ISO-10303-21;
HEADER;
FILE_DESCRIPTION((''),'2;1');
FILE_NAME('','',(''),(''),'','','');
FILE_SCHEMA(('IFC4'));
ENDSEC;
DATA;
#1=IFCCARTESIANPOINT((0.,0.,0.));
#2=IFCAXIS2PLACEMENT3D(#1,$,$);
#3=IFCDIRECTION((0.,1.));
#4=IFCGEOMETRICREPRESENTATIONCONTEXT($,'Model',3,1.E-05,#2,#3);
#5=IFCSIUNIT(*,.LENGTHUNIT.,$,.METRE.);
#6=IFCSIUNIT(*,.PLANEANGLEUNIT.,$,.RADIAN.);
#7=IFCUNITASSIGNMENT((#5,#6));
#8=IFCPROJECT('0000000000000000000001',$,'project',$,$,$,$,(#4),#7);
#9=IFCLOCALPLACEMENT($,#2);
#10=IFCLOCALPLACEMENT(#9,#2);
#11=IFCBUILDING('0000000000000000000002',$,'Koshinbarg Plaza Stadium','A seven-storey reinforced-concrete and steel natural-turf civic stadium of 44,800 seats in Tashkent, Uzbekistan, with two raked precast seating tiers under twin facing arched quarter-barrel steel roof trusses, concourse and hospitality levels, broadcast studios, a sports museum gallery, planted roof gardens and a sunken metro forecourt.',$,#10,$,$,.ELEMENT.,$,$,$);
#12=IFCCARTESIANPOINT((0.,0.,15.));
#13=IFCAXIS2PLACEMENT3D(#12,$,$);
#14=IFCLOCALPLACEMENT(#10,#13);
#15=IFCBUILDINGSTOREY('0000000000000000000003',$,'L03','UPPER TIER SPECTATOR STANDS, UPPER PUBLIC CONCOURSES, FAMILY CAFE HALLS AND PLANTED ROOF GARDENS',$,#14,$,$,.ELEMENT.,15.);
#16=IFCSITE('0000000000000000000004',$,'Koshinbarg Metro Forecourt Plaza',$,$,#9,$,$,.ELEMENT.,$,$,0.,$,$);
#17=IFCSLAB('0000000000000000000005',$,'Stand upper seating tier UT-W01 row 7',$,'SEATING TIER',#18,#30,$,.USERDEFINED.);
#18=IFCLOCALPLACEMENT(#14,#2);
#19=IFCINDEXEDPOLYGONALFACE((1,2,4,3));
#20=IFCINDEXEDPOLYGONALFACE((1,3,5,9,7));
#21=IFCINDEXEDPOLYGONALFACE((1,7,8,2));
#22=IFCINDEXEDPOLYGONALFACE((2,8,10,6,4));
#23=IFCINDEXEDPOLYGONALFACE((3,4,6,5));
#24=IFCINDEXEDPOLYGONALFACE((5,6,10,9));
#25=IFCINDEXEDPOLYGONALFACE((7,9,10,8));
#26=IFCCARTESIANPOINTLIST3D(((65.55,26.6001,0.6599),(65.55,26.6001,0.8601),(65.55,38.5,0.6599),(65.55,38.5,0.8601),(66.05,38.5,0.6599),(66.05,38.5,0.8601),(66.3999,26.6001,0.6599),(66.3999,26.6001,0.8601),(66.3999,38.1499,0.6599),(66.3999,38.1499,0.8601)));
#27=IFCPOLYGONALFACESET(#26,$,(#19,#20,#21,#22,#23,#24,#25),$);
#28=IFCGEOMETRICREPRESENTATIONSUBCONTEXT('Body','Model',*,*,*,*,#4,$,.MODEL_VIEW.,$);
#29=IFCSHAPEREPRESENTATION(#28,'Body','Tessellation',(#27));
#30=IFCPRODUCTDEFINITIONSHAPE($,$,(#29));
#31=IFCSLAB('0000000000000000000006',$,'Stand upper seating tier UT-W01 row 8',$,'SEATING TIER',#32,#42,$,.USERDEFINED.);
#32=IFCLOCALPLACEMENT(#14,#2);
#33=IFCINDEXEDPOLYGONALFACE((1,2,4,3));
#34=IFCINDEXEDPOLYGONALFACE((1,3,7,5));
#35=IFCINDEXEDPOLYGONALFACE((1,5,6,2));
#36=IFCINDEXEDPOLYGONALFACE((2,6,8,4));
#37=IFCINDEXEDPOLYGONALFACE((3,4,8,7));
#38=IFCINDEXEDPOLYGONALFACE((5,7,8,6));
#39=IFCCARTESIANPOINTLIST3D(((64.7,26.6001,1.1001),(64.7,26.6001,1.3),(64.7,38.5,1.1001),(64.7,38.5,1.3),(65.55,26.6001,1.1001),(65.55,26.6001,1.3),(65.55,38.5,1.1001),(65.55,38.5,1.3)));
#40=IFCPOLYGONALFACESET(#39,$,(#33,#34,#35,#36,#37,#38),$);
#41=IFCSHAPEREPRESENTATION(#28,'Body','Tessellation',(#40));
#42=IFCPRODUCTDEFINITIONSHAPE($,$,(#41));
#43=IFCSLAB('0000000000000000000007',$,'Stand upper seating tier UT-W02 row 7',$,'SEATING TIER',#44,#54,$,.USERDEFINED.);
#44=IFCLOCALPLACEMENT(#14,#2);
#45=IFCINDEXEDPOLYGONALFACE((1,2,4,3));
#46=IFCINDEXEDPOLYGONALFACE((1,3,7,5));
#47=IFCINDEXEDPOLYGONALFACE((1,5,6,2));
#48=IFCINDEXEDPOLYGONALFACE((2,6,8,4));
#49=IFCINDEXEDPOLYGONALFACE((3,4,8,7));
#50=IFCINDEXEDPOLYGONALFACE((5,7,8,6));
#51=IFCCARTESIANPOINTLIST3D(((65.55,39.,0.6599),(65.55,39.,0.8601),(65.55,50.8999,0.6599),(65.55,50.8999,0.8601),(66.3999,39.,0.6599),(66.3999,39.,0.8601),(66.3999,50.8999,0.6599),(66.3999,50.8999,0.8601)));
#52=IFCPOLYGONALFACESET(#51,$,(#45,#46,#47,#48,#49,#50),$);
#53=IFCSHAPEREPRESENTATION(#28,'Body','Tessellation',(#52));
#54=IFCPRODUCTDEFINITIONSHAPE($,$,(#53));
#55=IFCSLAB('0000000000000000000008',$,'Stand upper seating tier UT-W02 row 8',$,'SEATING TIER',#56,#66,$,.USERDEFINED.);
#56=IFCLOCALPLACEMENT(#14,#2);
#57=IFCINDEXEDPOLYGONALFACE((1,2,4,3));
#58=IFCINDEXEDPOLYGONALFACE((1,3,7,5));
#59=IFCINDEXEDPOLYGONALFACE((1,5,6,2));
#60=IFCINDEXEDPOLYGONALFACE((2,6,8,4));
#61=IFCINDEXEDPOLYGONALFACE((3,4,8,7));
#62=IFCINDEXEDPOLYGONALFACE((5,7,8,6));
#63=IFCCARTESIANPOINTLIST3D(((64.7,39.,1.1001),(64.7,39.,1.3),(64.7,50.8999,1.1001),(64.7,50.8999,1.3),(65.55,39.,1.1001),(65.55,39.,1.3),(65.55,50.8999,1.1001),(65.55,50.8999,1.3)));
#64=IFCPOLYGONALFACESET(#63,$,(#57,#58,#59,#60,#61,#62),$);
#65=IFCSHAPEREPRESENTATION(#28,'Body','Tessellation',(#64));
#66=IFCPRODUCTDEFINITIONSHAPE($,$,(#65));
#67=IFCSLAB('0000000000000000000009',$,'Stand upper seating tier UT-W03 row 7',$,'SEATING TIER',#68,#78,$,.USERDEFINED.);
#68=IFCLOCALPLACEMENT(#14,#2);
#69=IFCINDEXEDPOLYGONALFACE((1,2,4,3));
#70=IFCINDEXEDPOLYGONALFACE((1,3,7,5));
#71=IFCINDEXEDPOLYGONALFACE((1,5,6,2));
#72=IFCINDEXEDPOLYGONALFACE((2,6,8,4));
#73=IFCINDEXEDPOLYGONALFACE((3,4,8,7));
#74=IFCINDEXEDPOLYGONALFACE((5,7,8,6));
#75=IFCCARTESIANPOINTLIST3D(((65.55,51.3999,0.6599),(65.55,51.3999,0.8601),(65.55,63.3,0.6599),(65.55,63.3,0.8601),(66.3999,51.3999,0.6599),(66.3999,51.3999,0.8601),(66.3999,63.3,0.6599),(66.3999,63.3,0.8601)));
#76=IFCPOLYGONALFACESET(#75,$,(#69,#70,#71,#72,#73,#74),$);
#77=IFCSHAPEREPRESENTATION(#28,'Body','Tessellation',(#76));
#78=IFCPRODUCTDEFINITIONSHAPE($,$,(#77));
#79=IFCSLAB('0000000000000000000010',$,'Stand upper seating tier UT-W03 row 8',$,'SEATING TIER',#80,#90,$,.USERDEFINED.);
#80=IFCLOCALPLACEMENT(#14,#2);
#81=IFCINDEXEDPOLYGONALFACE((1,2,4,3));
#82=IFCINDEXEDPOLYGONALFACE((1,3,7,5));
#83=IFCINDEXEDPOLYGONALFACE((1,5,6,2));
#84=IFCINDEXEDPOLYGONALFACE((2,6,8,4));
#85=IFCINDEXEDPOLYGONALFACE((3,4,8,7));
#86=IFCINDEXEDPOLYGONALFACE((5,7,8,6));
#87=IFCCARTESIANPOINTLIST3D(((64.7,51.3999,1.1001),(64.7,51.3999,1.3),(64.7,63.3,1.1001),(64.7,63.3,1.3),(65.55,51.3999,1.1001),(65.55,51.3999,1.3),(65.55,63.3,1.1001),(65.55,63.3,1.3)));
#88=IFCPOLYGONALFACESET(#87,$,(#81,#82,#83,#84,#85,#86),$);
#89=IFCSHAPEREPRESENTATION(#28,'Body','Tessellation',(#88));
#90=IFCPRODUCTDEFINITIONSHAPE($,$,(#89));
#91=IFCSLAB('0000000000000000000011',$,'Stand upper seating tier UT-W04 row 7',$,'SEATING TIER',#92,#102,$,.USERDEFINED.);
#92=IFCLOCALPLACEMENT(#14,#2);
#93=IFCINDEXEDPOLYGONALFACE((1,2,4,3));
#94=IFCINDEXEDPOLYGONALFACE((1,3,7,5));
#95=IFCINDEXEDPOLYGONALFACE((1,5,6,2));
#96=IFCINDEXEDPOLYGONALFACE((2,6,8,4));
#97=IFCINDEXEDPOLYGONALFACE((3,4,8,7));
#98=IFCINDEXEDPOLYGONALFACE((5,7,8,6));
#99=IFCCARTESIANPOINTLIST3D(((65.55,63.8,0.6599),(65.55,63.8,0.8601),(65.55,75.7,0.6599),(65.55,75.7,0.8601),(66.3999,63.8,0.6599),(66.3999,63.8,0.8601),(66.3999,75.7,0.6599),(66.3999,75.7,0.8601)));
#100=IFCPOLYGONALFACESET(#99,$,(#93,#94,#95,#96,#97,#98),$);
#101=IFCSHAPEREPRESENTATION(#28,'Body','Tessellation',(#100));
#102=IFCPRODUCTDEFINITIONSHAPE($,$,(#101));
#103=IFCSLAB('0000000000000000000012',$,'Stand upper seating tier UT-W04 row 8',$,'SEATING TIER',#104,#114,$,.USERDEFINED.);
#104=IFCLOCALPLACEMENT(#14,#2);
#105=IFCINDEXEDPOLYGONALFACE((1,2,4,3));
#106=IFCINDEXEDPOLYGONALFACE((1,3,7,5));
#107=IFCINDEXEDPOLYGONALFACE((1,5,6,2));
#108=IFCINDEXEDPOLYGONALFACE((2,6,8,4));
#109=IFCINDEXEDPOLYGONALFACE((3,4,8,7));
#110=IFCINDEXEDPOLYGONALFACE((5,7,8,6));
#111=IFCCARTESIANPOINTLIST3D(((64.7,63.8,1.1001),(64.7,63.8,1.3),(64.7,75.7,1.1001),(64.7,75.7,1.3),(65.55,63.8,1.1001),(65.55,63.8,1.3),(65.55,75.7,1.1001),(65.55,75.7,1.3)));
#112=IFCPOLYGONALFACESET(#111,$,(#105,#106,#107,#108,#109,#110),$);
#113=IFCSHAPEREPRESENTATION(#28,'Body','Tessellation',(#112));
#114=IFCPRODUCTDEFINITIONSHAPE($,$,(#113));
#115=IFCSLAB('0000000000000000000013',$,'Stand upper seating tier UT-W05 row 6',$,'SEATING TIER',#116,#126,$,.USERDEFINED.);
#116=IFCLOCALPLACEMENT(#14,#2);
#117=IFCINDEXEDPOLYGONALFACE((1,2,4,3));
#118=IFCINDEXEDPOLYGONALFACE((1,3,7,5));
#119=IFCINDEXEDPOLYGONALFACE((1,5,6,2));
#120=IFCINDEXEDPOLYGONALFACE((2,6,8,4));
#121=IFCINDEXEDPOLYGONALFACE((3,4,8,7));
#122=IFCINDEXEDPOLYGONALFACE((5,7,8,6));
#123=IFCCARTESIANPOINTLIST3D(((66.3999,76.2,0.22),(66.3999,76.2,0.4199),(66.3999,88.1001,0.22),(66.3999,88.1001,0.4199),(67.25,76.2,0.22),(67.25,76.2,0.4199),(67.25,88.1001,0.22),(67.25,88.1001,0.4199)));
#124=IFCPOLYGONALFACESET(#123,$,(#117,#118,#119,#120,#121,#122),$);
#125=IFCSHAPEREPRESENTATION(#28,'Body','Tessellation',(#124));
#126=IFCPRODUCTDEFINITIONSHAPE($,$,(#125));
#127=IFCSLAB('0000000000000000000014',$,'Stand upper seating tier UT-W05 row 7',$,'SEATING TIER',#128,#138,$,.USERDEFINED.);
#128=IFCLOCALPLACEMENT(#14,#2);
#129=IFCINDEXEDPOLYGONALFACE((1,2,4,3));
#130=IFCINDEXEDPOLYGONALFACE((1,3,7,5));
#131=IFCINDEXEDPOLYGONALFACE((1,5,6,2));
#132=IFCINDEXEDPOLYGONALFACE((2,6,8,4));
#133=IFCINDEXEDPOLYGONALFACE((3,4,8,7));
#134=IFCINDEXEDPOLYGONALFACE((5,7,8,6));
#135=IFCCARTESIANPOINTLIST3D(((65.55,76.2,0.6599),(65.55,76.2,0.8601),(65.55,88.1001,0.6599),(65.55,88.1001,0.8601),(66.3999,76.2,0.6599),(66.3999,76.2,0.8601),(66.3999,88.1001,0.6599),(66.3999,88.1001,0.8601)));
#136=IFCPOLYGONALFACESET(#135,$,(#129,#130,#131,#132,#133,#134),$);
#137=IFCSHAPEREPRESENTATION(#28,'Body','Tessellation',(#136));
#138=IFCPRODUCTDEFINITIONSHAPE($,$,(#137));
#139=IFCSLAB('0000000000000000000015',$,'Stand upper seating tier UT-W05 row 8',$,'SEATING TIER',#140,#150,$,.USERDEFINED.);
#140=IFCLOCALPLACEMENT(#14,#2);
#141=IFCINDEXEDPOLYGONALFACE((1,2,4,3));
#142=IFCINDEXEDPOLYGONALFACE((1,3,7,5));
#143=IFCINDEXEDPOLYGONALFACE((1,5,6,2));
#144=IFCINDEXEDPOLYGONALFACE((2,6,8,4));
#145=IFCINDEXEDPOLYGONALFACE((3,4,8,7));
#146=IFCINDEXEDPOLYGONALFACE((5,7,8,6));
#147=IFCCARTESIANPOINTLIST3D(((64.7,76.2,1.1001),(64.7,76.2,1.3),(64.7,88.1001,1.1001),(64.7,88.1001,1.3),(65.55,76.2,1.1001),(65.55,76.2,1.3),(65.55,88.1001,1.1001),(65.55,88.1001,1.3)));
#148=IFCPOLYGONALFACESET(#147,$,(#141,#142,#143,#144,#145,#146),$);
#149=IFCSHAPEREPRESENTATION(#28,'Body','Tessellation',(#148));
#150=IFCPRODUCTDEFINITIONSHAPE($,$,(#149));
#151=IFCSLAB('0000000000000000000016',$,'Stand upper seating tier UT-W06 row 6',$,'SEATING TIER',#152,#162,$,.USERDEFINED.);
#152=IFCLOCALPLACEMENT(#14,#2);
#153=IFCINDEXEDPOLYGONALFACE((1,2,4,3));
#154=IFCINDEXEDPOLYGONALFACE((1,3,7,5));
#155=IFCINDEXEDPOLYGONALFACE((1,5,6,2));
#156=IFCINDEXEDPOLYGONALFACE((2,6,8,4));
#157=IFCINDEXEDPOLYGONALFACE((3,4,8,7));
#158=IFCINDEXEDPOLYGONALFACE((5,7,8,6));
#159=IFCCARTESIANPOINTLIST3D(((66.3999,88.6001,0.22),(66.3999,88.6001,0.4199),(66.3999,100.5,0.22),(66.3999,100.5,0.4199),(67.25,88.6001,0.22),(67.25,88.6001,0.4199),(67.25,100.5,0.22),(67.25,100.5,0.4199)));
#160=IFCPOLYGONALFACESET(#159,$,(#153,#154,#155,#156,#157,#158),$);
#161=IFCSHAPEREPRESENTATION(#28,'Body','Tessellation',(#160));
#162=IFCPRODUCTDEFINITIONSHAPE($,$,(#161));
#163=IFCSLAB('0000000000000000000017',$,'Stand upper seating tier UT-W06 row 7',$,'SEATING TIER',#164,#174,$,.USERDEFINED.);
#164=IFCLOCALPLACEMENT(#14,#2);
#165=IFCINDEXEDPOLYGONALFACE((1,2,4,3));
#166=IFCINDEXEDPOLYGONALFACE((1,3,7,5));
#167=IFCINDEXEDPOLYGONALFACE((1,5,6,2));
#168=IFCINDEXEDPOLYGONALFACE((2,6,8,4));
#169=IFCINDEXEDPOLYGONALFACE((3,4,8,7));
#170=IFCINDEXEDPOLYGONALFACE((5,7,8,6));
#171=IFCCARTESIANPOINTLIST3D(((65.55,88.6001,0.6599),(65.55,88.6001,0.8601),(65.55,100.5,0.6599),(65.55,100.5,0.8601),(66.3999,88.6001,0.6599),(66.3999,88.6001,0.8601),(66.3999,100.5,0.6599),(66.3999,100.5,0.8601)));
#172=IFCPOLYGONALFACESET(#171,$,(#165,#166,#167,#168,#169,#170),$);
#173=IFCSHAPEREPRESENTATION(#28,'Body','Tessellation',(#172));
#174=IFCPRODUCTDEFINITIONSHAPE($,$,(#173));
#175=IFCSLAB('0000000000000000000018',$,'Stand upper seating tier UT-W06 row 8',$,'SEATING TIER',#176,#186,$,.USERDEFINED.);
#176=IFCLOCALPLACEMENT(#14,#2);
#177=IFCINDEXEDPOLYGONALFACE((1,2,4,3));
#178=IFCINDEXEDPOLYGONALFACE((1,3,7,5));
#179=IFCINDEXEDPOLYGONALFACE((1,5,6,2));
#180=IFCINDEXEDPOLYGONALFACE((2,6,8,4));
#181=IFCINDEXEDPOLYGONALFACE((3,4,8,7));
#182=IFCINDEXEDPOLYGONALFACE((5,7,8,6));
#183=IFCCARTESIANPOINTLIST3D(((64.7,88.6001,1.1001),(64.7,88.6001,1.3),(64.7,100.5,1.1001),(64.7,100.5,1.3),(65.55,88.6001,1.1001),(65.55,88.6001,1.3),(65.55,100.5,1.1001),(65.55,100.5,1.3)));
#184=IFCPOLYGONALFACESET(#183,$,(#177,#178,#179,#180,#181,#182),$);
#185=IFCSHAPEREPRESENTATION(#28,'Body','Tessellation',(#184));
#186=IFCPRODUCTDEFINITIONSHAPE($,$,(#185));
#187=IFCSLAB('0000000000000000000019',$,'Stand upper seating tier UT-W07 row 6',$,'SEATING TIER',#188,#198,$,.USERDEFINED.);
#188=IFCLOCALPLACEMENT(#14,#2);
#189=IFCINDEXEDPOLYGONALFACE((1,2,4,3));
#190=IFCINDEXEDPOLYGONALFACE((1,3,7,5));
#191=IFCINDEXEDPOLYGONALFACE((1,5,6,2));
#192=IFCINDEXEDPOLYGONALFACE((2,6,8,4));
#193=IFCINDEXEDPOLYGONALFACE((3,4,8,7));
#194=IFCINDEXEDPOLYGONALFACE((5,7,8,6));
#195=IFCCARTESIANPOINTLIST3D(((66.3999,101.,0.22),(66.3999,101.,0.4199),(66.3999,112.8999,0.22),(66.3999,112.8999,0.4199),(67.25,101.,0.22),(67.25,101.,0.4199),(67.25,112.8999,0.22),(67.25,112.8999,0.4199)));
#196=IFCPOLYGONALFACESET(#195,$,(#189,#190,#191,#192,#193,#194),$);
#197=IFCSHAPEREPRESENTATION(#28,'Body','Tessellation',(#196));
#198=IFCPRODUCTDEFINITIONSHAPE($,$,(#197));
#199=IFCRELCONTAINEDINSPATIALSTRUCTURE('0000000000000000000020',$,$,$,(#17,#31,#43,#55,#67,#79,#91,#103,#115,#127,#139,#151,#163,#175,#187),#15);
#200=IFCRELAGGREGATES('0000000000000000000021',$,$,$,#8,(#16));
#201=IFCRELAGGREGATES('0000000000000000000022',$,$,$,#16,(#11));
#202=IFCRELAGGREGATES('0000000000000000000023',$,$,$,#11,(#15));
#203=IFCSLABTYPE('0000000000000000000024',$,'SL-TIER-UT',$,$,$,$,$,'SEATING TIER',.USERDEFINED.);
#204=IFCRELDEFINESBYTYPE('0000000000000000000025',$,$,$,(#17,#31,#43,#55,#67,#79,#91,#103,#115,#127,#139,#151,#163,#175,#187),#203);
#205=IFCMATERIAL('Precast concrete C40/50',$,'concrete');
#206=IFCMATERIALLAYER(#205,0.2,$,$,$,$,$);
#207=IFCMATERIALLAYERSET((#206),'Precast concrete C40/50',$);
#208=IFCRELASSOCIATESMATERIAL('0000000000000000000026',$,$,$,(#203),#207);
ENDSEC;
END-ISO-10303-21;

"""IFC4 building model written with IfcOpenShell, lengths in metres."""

from ifc_helpers import new_model, si_unit, direction, frame, origin, place, context, subcontext, project, spatial, polyline, outline, extrude, material, layer, layer_set, type_object, element, save


model = new_model("IFC4")

# Units and contexts
model_context = context("Model", 3, precision=1e-05, world=origin(), true_north=direction((0.0, 1.0)))
body_context = subcontext(model_context, "Body", "Model", "MODEL_VIEW")
ifc_project = project(units=[si_unit("LENGTHUNIT", "METRE"), si_unit("PLANEANGLEUNIT", "RADIAN")], contexts=[model_context])

# Site, building, storey
site_placement = place(None, origin())
site = spatial("IfcSite", under=ifc_project, at=site_placement, Name="Koshinbarg Metro Forecourt Plaza", CompositionType="ELEMENT", RefElevation=0.0)
building_placement = place(site_placement, origin())
building = spatial("IfcBuilding", under=site, at=building_placement, Name="Koshinbarg Plaza Stadium", Description="A seven-storey reinforced-concrete and steel natural-turf civic stadium of 44,800 seats in Tashkent, Uzbekistan, with two raked precast seating tiers under twin facing arched quarter-barrel steel roof trusses, concourse and hospitality levels, broadcast studios, a sports museum gallery, planted roof gardens and a sunken metro forecourt.", CompositionType="ELEMENT")
storey_placement = place(building_placement, frame((0.0, 0.0, 15.0)))
storey = spatial("IfcBuildingStorey", under=building, at=storey_placement, Name="L03", Description="UPPER TIER SPECTATOR STANDS, UPPER PUBLIC CONCOURSES, FAMILY CAFE HALLS AND PLANTED ROOF GARDENS", CompositionType="ELEMENT", Elevation=15.0)

# Slabs
ifc_material = material(Name="Precast concrete C40/50", Category="concrete")
ifc_layer = layer(ifc_material, 0.2)
ifc_layer_set = layer_set([ifc_layer], Name="Precast concrete C40/50")
slab_type = type_object("IfcSlabType", Name="SL-TIER-UT", ElementType="SEATING TIER", PredefinedType="USERDEFINED", material=ifc_layer_set)
slab_1_placement = place(storey_placement, frame((0.0, 0.0, 0.6599)))
element("IfcSlab", 1, at=slab_1_placement, inside=storey, type_object=slab_type, Name="Stand upper seating tier UT-W01 row 7", ObjectType="SEATING TIER", PredefinedType="USERDEFINED", context=body_context, shape_type="SweptSolid", body=[
    extrude(outline(polyline([(65.55, 26.6001), (66.3999, 26.6001), (66.3999, 38.1499), (66.05, 38.5), (65.55, 38.5), (65.55, 26.6001)])), origin(), (0.0, 0.0, 1.0), 0.2002),
])
slab_2_placement = place(storey_placement, frame((0.0, 0.0, 1.1001)))
element("IfcSlab", 2, at=slab_2_placement, inside=storey, type_object=slab_type, Name="Stand upper seating tier UT-W01 row 8", ObjectType="SEATING TIER", PredefinedType="USERDEFINED", context=body_context, shape_type="SweptSolid", body=[
    extrude(outline(polyline([(64.7, 26.6001), (65.55, 26.6001), (65.55, 38.5), (64.7, 38.5), (64.7, 26.6001)])), origin(), (0.0, 0.0, 1.0), 0.2),
])
slab_3_placement = place(storey_placement, frame((0.0, 0.0, 0.6599)))
element("IfcSlab", 3, at=slab_3_placement, inside=storey, type_object=slab_type, Name="Stand upper seating tier UT-W02 row 7", ObjectType="SEATING TIER", PredefinedType="USERDEFINED", context=body_context, shape_type="SweptSolid", body=[
    extrude(outline(polyline([(65.55, 39.0), (66.3999, 39.0), (66.3999, 50.8999), (65.55, 50.8999), (65.55, 39.0)])), origin(), (0.0, 0.0, 1.0), 0.2002),
])
slab_4_placement = place(storey_placement, frame((0.0, 0.0, 1.1001)))
element("IfcSlab", 4, at=slab_4_placement, inside=storey, type_object=slab_type, Name="Stand upper seating tier UT-W02 row 8", ObjectType="SEATING TIER", PredefinedType="USERDEFINED", context=body_context, shape_type="SweptSolid", body=[
    extrude(outline(polyline([(64.7, 39.0), (65.55, 39.0), (65.55, 50.8999), (64.7, 50.8999), (64.7, 39.0)])), origin(), (0.0, 0.0, 1.0), 0.2),
])
slab_5_placement = place(storey_placement, frame((0.0, 0.0, 0.6599)))
element("IfcSlab", 5, at=slab_5_placement, inside=storey, type_object=slab_type, Name="Stand upper seating tier UT-W03 row 7", ObjectType="SEATING TIER", PredefinedType="USERDEFINED", context=body_context, shape_type="SweptSolid", body=[
    extrude(outline(polyline([(65.55, 51.3999), (66.3999, 51.3999), (66.3999, 63.3), (65.55, 63.3), (65.55, 51.3999)])), origin(), (0.0, 0.0, 1.0), 0.2002),
])
slab_6_placement = place(storey_placement, frame((0.0, 0.0, 1.1001)))
element("IfcSlab", 6, at=slab_6_placement, inside=storey, type_object=slab_type, Name="Stand upper seating tier UT-W03 row 8", ObjectType="SEATING TIER", PredefinedType="USERDEFINED", context=body_context, shape_type="SweptSolid", body=[
    extrude(outline(polyline([(64.7, 51.3999), (65.55, 51.3999), (65.55, 63.3), (64.7, 63.3), (64.7, 51.3999)])), origin(), (0.0, 0.0, 1.0), 0.2),
])
slab_7_placement = place(storey_placement, frame((0.0, 0.0, 0.6599)))
element("IfcSlab", 7, at=slab_7_placement, inside=storey, type_object=slab_type, Name="Stand upper seating tier UT-W04 row 7", ObjectType="SEATING TIER", PredefinedType="USERDEFINED", context=body_context, shape_type="SweptSolid", body=[
    extrude(outline(polyline([(65.55, 63.8), (66.3999, 63.8), (66.3999, 75.7), (65.55, 75.7), (65.55, 63.8)])), origin(), (0.0, 0.0, 1.0), 0.2002),
])
slab_8_placement = place(storey_placement, frame((0.0, 0.0, 1.1001)))
element("IfcSlab", 8, at=slab_8_placement, inside=storey, type_object=slab_type, Name="Stand upper seating tier UT-W04 row 8", ObjectType="SEATING TIER", PredefinedType="USERDEFINED", context=body_context, shape_type="SweptSolid", body=[
    extrude(outline(polyline([(64.7, 63.8), (65.55, 63.8), (65.55, 75.7), (64.7, 75.7), (64.7, 63.8)])), origin(), (0.0, 0.0, 1.0), 0.2),
])
slab_9_placement = place(storey_placement, frame((0.0, 0.0, 0.22)))
element("IfcSlab", 9, at=slab_9_placement, inside=storey, type_object=slab_type, Name="Stand upper seating tier UT-W05 row 6", ObjectType="SEATING TIER", PredefinedType="USERDEFINED", context=body_context, shape_type="SweptSolid", body=[
    extrude(outline(polyline([(66.3999, 76.2), (67.25, 76.2), (67.25, 88.1001), (66.3999, 88.1001), (66.3999, 76.2)])), origin(), (0.0, 0.0, 1.0), 0.2),
])
slab_10_placement = place(storey_placement, frame((0.0, 0.0, 0.6599)))
element("IfcSlab", 10, at=slab_10_placement, inside=storey, type_object=slab_type, Name="Stand upper seating tier UT-W05 row 7", ObjectType="SEATING TIER", PredefinedType="USERDEFINED", context=body_context, shape_type="SweptSolid", body=[
    extrude(outline(polyline([(65.55, 76.2), (66.3999, 76.2), (66.3999, 88.1001), (65.55, 88.1001), (65.55, 76.2)])), origin(), (0.0, 0.0, 1.0), 0.2002),
])
slab_11_placement = place(storey_placement, frame((0.0, 0.0, 1.1001)))
element("IfcSlab", 11, at=slab_11_placement, inside=storey, type_object=slab_type, Name="Stand upper seating tier UT-W05 row 8", ObjectType="SEATING TIER", PredefinedType="USERDEFINED", context=body_context, shape_type="SweptSolid", body=[
    extrude(outline(polyline([(64.7, 76.2), (65.55, 76.2), (65.55, 88.1001), (64.7, 88.1001), (64.7, 76.2)])), origin(), (0.0, 0.0, 1.0), 0.2),
])
slab_12_placement = place(storey_placement, frame((0.0, 0.0, 0.22)))
element("IfcSlab", 12, at=slab_12_placement, inside=storey, type_object=slab_type, Name="Stand upper seating tier UT-W06 row 6", ObjectType="SEATING TIER", PredefinedType="USERDEFINED", context=body_context, shape_type="SweptSolid", body=[
    extrude(outline(polyline([(66.3999, 88.6001), (67.25, 88.6001), (67.25, 100.5), (66.3999, 100.5), (66.3999, 88.6001)])), origin(), (0.0, 0.0, 1.0), 0.2),
])
slab_13_placement = place(storey_placement, frame((0.0, 0.0, 0.6599)))
element("IfcSlab", 13, at=slab_13_placement, inside=storey, type_object=slab_type, Name="Stand upper seating tier UT-W06 row 7", ObjectType="SEATING TIER", PredefinedType="USERDEFINED", context=body_context, shape_type="SweptSolid", body=[
    extrude(outline(polyline([(65.55, 88.6001), (66.3999, 88.6001), (66.3999, 100.5), (65.55, 100.5), (65.55, 88.6001)])), origin(), (0.0, 0.0, 1.0), 0.2002),
])
slab_14_placement = place(storey_placement, frame((0.0, 0.0, 1.1001)))
element("IfcSlab", 14, at=slab_14_placement, inside=storey, type_object=slab_type, Name="Stand upper seating tier UT-W06 row 8", ObjectType="SEATING TIER", PredefinedType="USERDEFINED", context=body_context, shape_type="SweptSolid", body=[
    extrude(outline(polyline([(64.7, 88.6001), (65.55, 88.6001), (65.55, 100.5), (64.7, 100.5), (64.7, 88.6001)])), origin(), (0.0, 0.0, 1.0), 0.2),
])
slab_15_placement = place(storey_placement, frame((0.0, 0.0, 0.22)))
element("IfcSlab", 15, at=slab_15_placement, inside=storey, type_object=slab_type, Name="Stand upper seating tier UT-W07 row 6", ObjectType="SEATING TIER", PredefinedType="USERDEFINED", context=body_context, shape_type="SweptSolid", body=[
    extrude(outline(polyline([(66.3999, 101.0), (67.25, 101.0), (67.25, 112.8999), (66.3999, 112.8999), (66.3999, 101.0)])), origin(), (0.0, 0.0, 1.0), 0.2),
])

save(model, "model.ifc")
